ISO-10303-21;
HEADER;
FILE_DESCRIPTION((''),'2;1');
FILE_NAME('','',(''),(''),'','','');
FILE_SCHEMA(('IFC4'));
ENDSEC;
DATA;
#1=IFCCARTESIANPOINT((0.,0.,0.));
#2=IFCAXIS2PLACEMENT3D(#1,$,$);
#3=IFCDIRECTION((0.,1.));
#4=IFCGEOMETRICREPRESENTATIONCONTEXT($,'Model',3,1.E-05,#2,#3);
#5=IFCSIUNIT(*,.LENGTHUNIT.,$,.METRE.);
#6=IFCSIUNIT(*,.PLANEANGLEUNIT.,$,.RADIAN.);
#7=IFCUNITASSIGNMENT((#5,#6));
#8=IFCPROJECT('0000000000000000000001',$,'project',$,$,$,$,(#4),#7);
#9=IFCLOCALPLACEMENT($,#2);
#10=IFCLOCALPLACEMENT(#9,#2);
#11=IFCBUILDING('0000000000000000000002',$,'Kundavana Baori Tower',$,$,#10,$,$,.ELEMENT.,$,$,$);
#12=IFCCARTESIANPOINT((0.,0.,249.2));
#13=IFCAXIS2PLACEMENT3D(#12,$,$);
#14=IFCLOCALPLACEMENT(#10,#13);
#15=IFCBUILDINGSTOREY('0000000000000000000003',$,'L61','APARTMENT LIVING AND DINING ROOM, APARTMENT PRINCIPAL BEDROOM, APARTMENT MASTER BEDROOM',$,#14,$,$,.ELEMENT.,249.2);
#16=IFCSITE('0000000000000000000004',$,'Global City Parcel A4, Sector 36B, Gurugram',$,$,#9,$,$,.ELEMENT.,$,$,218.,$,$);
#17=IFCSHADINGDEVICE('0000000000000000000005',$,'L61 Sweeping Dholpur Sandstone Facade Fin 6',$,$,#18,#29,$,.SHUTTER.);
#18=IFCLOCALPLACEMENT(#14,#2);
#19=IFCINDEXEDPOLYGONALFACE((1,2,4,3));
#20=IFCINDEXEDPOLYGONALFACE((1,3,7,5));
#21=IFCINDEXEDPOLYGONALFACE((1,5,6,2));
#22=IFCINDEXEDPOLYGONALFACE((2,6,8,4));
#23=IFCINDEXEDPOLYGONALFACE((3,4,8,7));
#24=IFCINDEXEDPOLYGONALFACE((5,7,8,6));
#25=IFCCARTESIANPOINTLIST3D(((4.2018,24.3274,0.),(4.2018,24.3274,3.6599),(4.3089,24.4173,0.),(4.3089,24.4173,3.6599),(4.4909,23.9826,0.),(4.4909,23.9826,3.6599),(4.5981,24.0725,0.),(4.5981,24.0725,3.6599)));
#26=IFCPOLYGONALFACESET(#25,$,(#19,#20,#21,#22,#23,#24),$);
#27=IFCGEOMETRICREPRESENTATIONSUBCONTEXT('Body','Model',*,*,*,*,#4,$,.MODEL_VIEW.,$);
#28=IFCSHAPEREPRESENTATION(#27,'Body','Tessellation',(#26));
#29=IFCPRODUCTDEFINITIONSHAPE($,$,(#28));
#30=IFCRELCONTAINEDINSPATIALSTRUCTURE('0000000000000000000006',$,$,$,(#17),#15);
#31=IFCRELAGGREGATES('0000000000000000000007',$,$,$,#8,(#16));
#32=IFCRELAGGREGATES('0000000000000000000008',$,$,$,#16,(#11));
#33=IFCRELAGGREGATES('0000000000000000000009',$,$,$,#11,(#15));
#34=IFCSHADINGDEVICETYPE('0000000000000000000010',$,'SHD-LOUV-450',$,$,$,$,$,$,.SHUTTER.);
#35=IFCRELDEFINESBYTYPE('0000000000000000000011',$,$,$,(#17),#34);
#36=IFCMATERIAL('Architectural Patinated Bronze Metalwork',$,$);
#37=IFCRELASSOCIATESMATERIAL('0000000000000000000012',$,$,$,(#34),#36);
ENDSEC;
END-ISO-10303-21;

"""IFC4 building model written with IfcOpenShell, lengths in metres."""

from ifc_helpers import new_model, si_unit, direction, frame, origin, origin_2d, place, context, subcontext, project, spatial, rectangle, extrude, material, type_object, element, save


model = new_model("IFC4")

# Units and contexts
model_context = context("Model", 3, precision=1e-05, world=origin(), true_north=direction((0.0, 1.0)))
body_context = subcontext(model_context, "Body", "Model", "MODEL_VIEW")
ifc_project = project(units=[si_unit("LENGTHUNIT", "METRE"), si_unit("PLANEANGLEUNIT", "RADIAN")], contexts=[model_context])

# Site, building, storey
site_placement = place(None, origin())
site = spatial("IfcSite", under=ifc_project, at=site_placement, Name="Global City Parcel A4, Sector 36B, Gurugram", CompositionType="ELEMENT", RefElevation=218.0)
building_placement = place(site_placement, origin())
building = spatial("IfcBuilding", under=site, at=building_placement, Name="Kundavana Baori Tower", CompositionType="ELEMENT")
storey_placement = place(building_placement, frame((0.0, 0.0, 249.2)))
storey = spatial("IfcBuildingStorey", under=building, at=storey_placement, Name="L61", Description="APARTMENT LIVING AND DINING ROOM, APARTMENT PRINCIPAL BEDROOM, APARTMENT MASTER BEDROOM", CompositionType="ELEMENT", Elevation=249.2)

# Shading device
ifc_material_1 = material(Name="Architectural Patinated Bronze Metalwork")
shading_device_type_1 = type_object("IfcShadingDeviceType", Name="SHD-LOUV-450", PredefinedType="SHUTTER", material=ifc_material_1)
shading_device_1_placement = place(storey_placement, frame((4.3999, 24.2, 0.0), z_axis=(0.0, 0.0, 1.0), x_axis=(0.766269, 0.64252, 0.0)))
element("IfcShadingDevice", 1, at=shading_device_1_placement, inside=storey, type_object=shading_device_type_1, Name="L61 Sweeping Dholpur Sandstone Facade Fin 6", PredefinedType="SHUTTER", context=body_context, shape_type="SweptSolid", body=[
    extrude(rectangle(XDim=0.1399, YDim=0.45, at=origin_2d()), origin(), (0.0, 0.0, 1.0), 3.6599),
])

save(model, "model.ifc")
